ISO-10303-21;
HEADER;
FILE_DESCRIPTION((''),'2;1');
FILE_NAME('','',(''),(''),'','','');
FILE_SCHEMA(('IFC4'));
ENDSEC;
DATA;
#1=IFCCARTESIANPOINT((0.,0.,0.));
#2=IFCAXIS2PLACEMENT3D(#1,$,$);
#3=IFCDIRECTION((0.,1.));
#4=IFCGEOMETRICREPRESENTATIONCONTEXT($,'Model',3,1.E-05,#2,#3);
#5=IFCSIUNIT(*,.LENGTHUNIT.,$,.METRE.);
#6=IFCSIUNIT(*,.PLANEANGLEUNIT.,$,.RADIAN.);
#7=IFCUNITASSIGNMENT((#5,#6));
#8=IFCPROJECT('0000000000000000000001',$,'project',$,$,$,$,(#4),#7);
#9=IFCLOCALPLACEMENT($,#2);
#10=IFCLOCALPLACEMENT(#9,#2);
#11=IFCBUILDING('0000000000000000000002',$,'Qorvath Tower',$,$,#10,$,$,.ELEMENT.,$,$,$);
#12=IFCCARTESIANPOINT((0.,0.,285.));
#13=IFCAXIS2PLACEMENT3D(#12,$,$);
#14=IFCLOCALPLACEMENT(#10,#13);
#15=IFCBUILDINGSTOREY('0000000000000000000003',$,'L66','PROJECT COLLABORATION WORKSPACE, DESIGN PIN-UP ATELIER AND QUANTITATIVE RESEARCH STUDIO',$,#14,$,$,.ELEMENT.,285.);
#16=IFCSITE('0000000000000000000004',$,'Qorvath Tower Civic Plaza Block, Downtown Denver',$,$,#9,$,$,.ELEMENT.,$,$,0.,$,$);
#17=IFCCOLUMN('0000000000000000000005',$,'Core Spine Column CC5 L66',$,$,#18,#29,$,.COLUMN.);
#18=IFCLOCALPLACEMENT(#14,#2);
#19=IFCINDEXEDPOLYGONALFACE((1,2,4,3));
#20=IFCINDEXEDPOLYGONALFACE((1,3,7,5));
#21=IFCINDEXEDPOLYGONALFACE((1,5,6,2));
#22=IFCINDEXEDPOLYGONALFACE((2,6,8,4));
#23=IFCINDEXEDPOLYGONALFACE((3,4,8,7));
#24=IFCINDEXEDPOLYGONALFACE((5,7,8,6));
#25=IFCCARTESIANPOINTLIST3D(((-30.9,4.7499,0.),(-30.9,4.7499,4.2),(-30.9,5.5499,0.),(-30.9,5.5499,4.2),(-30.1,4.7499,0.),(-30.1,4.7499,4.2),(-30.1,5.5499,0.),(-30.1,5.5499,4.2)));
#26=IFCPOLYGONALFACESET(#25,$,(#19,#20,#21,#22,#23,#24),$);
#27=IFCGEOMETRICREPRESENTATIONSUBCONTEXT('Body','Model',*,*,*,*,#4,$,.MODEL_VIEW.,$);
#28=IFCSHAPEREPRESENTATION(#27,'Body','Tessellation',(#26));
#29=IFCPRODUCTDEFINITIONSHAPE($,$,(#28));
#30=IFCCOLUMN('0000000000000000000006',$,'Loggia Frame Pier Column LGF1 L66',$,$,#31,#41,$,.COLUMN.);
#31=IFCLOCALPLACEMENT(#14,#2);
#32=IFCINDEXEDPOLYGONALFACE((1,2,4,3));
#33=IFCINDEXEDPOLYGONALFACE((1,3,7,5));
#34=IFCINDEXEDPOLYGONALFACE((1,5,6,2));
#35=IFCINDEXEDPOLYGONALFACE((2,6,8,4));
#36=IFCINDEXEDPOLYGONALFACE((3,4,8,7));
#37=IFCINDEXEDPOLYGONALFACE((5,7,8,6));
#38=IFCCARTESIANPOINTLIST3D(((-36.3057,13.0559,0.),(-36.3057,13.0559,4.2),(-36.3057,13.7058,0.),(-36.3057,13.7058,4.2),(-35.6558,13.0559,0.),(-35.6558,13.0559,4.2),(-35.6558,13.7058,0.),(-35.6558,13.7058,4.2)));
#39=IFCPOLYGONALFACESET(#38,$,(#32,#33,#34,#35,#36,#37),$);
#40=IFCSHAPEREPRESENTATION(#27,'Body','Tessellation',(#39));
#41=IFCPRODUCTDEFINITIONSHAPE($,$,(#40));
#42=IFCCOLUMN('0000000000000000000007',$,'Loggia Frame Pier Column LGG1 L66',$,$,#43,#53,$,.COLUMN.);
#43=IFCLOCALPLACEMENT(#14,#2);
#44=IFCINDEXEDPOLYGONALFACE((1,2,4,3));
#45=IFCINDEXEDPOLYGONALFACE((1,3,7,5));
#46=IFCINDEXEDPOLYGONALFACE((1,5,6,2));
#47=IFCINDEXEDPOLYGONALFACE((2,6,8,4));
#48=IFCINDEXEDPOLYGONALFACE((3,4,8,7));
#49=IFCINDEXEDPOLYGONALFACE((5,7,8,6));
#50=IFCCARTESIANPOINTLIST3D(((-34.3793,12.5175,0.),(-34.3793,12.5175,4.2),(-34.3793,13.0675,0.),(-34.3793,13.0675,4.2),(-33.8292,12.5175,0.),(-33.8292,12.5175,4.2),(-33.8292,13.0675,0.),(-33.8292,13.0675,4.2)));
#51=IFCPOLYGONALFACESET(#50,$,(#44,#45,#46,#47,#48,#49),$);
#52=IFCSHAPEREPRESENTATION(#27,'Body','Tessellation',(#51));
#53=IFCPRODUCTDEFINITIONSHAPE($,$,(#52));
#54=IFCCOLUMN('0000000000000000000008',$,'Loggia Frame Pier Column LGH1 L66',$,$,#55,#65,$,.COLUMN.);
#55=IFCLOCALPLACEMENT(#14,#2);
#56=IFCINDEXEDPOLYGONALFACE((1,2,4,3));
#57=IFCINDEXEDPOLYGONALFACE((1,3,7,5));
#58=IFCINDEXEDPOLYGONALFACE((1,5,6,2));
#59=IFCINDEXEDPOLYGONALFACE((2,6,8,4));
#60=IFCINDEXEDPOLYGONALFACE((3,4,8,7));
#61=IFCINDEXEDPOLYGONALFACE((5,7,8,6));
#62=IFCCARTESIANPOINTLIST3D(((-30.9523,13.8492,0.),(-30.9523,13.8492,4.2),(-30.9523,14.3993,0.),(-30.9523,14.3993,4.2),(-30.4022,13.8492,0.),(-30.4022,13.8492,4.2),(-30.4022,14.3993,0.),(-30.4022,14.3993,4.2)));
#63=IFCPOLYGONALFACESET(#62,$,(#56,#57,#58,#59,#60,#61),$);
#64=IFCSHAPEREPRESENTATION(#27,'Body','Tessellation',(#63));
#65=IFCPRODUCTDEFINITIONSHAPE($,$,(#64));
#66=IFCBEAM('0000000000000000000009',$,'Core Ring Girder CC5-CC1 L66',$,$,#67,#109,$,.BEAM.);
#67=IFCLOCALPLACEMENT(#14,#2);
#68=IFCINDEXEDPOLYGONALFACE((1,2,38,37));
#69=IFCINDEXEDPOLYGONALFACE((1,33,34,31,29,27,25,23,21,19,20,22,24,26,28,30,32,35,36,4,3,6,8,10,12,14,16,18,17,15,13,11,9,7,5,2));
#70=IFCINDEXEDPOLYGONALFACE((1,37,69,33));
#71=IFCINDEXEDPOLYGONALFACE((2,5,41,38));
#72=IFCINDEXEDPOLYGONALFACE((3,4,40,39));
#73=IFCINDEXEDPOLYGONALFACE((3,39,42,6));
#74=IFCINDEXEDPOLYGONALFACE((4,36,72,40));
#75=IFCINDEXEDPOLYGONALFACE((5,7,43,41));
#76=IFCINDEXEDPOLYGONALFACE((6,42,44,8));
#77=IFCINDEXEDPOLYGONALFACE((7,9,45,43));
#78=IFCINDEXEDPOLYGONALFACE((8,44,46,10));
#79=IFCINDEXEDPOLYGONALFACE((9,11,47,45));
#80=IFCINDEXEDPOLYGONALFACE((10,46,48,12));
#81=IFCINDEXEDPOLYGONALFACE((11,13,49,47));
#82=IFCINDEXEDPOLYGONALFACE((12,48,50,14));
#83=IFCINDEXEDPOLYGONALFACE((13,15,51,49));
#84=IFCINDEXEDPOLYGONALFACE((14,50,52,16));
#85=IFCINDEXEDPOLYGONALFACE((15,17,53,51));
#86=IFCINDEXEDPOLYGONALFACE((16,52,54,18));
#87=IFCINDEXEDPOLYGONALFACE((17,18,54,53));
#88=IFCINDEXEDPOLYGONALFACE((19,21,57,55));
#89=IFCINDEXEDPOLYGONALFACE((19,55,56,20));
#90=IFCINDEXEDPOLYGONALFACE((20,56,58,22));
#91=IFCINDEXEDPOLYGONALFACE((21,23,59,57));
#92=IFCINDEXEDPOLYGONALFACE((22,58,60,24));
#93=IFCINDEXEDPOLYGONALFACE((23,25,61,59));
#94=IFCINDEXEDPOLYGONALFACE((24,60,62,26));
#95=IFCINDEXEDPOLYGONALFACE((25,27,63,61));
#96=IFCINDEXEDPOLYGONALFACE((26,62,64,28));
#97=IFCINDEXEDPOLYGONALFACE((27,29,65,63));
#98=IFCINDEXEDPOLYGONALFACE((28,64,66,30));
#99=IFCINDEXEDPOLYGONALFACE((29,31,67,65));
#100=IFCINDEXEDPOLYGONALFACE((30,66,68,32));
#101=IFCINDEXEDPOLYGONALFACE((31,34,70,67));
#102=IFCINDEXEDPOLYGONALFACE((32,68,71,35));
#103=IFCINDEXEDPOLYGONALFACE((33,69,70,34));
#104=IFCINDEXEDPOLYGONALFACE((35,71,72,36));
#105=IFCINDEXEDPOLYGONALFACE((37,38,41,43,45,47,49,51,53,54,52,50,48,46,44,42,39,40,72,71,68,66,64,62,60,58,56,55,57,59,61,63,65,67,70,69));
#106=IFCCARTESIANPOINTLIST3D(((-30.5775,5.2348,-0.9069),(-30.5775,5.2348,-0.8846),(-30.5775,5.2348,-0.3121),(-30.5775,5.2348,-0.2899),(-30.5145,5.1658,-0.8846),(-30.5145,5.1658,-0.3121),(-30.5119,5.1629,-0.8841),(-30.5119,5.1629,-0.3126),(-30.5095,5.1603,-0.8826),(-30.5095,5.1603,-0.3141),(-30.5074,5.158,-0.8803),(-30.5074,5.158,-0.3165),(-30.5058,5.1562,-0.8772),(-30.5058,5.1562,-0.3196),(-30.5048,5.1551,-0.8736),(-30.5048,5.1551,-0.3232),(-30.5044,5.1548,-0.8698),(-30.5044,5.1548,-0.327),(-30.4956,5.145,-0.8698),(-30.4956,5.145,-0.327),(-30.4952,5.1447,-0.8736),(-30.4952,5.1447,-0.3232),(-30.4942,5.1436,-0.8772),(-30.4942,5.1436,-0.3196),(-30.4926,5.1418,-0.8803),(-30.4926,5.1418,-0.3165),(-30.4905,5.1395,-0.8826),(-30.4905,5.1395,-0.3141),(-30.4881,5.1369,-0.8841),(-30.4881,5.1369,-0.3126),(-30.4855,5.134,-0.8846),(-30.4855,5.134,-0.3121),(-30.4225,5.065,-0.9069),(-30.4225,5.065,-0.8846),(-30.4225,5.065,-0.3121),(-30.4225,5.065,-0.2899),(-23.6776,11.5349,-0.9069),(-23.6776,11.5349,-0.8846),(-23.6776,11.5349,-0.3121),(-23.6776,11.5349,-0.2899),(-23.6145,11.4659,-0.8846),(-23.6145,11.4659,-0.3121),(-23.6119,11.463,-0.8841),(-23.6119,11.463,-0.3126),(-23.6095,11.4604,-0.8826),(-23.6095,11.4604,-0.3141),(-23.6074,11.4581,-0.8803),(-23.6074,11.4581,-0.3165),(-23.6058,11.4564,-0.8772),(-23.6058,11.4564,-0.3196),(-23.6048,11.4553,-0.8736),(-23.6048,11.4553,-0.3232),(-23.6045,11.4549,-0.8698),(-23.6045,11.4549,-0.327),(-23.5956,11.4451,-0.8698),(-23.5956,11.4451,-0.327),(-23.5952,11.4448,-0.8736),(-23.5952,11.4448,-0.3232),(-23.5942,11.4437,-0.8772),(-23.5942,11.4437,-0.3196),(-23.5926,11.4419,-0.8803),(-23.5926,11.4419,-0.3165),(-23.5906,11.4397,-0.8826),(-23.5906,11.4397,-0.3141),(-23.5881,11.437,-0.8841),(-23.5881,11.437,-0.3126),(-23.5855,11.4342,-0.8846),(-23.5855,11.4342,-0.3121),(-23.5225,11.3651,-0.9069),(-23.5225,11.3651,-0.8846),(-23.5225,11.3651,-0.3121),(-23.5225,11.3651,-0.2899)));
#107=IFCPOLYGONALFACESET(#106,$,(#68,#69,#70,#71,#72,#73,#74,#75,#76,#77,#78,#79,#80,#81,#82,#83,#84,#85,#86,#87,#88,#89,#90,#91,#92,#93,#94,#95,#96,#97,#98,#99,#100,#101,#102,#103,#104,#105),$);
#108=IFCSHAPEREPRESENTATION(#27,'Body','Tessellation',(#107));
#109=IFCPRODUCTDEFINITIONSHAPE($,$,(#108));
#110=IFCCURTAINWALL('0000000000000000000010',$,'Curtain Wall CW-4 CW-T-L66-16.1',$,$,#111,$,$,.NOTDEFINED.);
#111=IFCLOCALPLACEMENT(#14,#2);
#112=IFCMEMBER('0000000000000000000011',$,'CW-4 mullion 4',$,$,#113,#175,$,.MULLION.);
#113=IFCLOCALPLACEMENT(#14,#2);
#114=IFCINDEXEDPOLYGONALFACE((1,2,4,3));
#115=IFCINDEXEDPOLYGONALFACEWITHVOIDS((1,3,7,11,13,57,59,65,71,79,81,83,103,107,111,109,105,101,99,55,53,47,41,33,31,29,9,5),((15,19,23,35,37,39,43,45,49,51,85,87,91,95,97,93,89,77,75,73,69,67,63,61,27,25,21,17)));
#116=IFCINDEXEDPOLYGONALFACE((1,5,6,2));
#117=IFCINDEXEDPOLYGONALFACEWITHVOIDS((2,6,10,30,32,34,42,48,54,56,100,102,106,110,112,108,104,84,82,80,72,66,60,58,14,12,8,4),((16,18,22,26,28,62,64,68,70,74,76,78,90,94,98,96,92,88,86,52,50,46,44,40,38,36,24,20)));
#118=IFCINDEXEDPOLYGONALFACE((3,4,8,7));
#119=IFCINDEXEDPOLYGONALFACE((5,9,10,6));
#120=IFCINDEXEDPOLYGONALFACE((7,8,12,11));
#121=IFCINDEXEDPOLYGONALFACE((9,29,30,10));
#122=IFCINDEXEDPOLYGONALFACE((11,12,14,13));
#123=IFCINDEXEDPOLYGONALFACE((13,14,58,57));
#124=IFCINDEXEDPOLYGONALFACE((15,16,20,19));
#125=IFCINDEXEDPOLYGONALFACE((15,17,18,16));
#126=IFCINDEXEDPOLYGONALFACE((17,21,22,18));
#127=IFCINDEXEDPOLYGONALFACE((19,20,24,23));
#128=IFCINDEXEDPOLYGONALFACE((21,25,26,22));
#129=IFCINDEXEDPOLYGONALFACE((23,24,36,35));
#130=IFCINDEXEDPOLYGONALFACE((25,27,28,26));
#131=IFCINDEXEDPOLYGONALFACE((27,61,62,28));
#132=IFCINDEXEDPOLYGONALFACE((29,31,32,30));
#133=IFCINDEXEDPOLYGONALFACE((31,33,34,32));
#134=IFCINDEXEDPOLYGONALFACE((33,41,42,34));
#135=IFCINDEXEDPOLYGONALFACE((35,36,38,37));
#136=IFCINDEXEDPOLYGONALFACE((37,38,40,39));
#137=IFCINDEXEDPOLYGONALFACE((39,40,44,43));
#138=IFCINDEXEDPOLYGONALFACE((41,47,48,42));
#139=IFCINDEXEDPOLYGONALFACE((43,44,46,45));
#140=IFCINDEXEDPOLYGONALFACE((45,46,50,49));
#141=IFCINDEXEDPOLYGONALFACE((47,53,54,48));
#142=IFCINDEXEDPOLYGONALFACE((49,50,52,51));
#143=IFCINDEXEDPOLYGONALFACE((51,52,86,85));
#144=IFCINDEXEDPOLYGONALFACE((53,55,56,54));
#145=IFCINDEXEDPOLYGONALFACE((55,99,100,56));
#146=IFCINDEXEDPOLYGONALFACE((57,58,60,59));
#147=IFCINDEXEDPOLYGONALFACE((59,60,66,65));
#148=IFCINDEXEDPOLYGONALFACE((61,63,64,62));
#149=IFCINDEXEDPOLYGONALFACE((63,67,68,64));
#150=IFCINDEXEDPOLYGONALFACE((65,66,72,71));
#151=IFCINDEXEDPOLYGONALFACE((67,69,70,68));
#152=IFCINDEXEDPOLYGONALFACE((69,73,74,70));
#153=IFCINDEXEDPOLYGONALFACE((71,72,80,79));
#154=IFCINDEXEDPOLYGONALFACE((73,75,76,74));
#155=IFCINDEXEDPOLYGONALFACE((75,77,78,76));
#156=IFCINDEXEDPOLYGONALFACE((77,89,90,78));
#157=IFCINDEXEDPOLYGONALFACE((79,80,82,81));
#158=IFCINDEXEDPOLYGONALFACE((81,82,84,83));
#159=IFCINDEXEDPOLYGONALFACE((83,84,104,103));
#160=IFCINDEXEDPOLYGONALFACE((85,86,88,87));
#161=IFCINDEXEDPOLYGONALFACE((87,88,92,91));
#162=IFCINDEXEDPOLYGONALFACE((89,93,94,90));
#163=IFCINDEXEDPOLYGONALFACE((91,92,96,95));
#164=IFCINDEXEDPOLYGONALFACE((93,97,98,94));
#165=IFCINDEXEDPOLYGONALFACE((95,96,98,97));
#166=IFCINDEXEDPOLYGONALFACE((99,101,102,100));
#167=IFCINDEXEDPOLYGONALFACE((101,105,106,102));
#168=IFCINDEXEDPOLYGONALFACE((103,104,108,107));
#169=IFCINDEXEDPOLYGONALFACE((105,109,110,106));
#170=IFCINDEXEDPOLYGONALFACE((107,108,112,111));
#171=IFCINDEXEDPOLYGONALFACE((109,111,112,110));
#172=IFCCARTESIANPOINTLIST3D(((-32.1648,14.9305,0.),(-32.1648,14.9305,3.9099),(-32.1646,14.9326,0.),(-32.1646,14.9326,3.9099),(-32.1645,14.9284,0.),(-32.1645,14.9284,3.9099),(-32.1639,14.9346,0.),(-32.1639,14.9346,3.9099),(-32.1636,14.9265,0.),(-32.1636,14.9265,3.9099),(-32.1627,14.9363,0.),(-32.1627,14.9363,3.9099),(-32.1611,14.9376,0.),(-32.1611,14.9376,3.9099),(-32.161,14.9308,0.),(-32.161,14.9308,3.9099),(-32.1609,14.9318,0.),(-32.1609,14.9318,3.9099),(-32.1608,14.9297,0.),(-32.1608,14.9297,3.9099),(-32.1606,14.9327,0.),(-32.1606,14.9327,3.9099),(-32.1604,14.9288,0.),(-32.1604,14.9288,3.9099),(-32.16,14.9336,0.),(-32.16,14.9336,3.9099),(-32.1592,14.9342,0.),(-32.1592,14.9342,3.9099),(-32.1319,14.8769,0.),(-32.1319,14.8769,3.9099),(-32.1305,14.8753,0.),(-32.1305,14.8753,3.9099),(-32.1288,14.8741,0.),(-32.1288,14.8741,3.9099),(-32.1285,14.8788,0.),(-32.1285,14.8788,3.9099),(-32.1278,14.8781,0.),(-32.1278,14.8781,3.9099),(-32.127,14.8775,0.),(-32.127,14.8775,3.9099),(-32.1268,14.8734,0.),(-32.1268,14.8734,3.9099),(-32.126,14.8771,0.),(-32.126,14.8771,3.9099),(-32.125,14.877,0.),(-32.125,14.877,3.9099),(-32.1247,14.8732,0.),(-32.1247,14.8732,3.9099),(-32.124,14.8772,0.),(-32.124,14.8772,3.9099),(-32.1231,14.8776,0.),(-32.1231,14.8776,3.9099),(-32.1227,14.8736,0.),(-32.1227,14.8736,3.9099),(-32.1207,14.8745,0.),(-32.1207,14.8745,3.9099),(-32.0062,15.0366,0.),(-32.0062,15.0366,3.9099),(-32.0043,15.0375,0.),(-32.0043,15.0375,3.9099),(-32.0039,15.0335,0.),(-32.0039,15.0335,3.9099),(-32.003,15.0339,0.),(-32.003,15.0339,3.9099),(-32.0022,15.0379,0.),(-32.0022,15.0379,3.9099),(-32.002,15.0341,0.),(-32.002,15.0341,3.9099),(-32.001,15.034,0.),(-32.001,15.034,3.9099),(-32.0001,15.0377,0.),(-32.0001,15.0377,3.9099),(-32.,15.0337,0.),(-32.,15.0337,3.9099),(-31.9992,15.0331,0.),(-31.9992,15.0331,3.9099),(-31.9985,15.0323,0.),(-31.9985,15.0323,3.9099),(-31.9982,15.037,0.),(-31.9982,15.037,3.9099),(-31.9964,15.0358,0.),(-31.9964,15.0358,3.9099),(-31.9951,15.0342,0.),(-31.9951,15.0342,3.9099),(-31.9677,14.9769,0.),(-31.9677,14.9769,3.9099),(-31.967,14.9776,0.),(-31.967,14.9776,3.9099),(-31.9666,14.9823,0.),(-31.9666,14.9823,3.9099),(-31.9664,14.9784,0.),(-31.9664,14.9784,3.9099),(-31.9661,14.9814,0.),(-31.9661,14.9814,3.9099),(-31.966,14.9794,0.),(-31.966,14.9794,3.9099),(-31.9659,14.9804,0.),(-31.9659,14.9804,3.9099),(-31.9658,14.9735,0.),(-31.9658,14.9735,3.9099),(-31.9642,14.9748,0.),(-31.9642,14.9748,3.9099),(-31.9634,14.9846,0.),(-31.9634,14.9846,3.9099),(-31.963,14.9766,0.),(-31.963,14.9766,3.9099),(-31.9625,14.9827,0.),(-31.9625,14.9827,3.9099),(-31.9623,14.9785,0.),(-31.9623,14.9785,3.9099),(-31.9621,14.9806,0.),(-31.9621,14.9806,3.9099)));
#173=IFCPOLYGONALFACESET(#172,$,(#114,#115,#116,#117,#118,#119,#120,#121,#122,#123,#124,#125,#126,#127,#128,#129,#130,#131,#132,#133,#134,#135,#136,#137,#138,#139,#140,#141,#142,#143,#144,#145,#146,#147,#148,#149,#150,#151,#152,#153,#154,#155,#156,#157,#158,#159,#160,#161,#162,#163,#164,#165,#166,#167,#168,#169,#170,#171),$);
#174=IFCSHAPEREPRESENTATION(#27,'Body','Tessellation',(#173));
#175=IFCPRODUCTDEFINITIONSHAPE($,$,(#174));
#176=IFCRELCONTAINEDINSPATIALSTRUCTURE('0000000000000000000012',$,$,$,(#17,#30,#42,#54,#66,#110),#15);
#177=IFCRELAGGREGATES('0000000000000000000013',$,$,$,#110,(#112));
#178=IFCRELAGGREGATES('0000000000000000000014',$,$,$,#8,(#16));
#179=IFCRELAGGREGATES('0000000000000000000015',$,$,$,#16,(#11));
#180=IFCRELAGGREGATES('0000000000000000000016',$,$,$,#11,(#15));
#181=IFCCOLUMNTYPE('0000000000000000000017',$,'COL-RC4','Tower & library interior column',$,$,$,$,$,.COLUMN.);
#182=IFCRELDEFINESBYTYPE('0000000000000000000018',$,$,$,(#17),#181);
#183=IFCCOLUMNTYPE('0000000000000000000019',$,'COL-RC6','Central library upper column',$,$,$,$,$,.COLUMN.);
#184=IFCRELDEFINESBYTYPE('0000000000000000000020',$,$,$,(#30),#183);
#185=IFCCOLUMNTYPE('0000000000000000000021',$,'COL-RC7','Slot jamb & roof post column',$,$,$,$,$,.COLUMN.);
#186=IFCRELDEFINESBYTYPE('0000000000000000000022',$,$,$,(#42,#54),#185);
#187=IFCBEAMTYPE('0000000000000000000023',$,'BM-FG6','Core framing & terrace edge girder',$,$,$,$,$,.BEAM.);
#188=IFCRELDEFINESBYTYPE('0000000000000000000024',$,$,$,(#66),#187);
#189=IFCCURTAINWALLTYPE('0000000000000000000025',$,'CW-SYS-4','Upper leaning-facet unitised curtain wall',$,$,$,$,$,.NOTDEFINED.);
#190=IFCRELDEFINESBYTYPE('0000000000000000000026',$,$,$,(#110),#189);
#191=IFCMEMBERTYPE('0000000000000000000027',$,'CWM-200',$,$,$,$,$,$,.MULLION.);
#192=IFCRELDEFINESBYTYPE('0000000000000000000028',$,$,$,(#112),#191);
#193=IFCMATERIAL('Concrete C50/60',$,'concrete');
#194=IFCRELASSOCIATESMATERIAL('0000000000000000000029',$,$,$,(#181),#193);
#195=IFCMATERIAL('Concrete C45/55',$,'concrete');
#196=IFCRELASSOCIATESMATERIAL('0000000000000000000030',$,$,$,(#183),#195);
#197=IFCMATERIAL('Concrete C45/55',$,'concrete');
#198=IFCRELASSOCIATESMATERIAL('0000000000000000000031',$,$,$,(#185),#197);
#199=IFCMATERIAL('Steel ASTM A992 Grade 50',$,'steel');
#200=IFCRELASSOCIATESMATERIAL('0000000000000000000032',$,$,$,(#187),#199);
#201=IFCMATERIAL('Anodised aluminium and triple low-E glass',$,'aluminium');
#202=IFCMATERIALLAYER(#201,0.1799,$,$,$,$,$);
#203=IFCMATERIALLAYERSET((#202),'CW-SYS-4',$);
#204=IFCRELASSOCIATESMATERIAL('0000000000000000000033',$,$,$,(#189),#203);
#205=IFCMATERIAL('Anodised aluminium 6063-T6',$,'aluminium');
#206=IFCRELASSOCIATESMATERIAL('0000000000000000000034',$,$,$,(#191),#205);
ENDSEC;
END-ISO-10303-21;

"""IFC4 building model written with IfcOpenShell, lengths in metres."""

from ifc_helpers import new_model, si_unit, direction, frame, origin, origin_2d, place, context, subcontext, project, spatial, rectangle, hollow_rectangle, i_section, extrude, material, layer, layer_set, material_profile, profile_set, type_object, element, aggregate, save


model = new_model("IFC4")

# Units and contexts
model_context = context("Model", 3, precision=1e-05, world=origin(), true_north=direction((0.0, 1.0)))
body_context = subcontext(model_context, "Body", "Model", "MODEL_VIEW")
ifc_project = project(units=[si_unit("LENGTHUNIT", "METRE"), si_unit("PLANEANGLEUNIT", "RADIAN")], contexts=[model_context])

# Site, building, storey
site_placement = place(None, origin())
site = spatial("IfcSite", under=ifc_project, at=site_placement, Name="Qorvath Tower Civic Plaza Block, Downtown Denver", CompositionType="ELEMENT", RefElevation=0.0)
building_placement = place(site_placement, origin())
building = spatial("IfcBuilding", under=site, at=building_placement, Name="Qorvath Tower", CompositionType="ELEMENT")
storey_placement = place(building_placement, frame((0.0, 0.0, 285.0)))
storey = spatial("IfcBuildingStorey", under=building, at=storey_placement, Name="L66", Description="PROJECT COLLABORATION WORKSPACE, DESIGN PIN-UP ATELIER AND QUANTITATIVE RESEARCH STUDIO", CompositionType="ELEMENT", Elevation=285.0)

# Columns
ifc_material_1 = material(Name="Concrete C50/60", Category="concrete")
ifc_material_profile_1 = material_profile(ifc_material_1, rectangle(XDim=0.8, YDim=0.8, at=origin_2d()), Name="RC 800x800")
ifc_profile_set_1 = profile_set([ifc_material_profile_1], Name="Concrete C50/60")
column_type_1 = type_object("IfcColumnType", Name="COL-RC4", Description="Tower & library interior column", PredefinedType="COLUMN", material=ifc_profile_set_1)
column_1_placement = place(storey_placement, frame((-30.5, 5.1499, 0.0), z_axis=(0.0, 0.0, 1.0), x_axis=(1.0, 0.0, 0.0)))
element("IfcColumn", 1, at=column_1_placement, inside=storey, type_object=column_type_1, Name="Core Spine Column CC5 L66", PredefinedType="COLUMN", context=body_context, shape_type="SweptSolid", body=[
    extrude(rectangle(XDim=0.8, YDim=0.8, at=origin_2d()), origin(), (0.0, 0.0, 1.0), 4.2),
])
ifc_material_2 = material(Name="Concrete C45/55", Category="concrete")
ifc_material_profile_2 = material_profile(ifc_material_2, rectangle(XDim=0.6499, YDim=0.6499, at=origin_2d()), Name="RC 650x650")
ifc_profile_set_2 = profile_set([ifc_material_profile_2], Name="Concrete C45/55")
column_type_2 = type_object("IfcColumnType", Name="COL-RC6", Description="Central library upper column", PredefinedType="COLUMN", material=ifc_profile_set_2)
column_2_placement = place(storey_placement, frame((-35.9807, 13.3809, 0.0), z_axis=(0.0, 0.0, 1.0), x_axis=(1.0, 0.0, 0.0)))
element("IfcColumn", 2, at=column_2_placement, inside=storey, type_object=column_type_2, Name="Loggia Frame Pier Column LGF1 L66", PredefinedType="COLUMN", context=body_context, shape_type="SweptSolid", body=[
    extrude(rectangle(XDim=0.6499, YDim=0.6499, at=origin_2d()), origin(), (0.0, 0.0, 1.0), 4.2),
])
ifc_material_3 = material(Name="Concrete C45/55", Category="concrete")
ifc_material_profile_3 = material_profile(ifc_material_3, rectangle(XDim=0.55, YDim=0.55, at=origin_2d()), Name="RC 550x550")
ifc_profile_set_3 = profile_set([ifc_material_profile_3], Name="Concrete C45/55")
column_type_3 = type_object("IfcColumnType", Name="COL-RC7", Description="Slot jamb & roof post column", PredefinedType="COLUMN", material=ifc_profile_set_3)
for number, where, z_axis, x_axis, name in (
    (3, (-34.1042, 12.7925, 0.0), (0.0, 0.0, 1.0), (1.0, 0.0, 0.0), "Loggia Frame Pier Column LGG1 L66"),
    (4, (-30.6772, 14.1243, 0.0), (0.0, 0.0, 1.0), (1.0, 0.0, 0.0), "Loggia Frame Pier Column LGH1 L66"),
):
    element("IfcColumn", number, at=place(storey_placement, frame(where, z_axis=z_axis, x_axis=x_axis)), inside=storey, type_object=column_type_3, Name=name, PredefinedType="COLUMN", context=body_context, shape_type="SweptSolid", body=[
        extrude(rectangle(XDim=0.55, YDim=0.55, at=origin_2d()), origin(), (0.0, 0.0, 1.0), 4.2),
    ])

# Beam
ifc_material_4 = material(Name="Steel ASTM A992 Grade 50", Category="steel")
ifc_material_profile_4 = material_profile(ifc_material_4, i_section(OverallWidth=0.23, OverallDepth=0.6169, WebThickness=0.0132, FlangeThickness=0.0222, FilletRadius=0.0149, at=origin_2d()), Name="W24x94")
ifc_profile_set_4 = profile_set([ifc_material_profile_4], Name="Steel ASTM A992 Grade 50")
beam_type = type_object("IfcBeamType", Name="BM-FG6", Description="Core framing & terrace edge girder", PredefinedType="BEAM", material=ifc_profile_set_4)
beam_placement = place(storey_placement, frame((-30.5, 5.1499, -0.5984), z_axis=(0.738478, 0.674277, 0.0), x_axis=(-0.674277, 0.738478, 0.0)))
element("IfcBeam", 5, at=beam_placement, inside=storey, type_object=beam_type, Name="Core Ring Girder CC5-CC1 L66", PredefinedType="BEAM", context=body_context, shape_type="SweptSolid", body=[
    extrude(i_section(OverallWidth=0.23, OverallDepth=0.6169, WebThickness=0.0132, FlangeThickness=0.0222, FilletRadius=0.0149, at=origin_2d()), origin(), (0.0, 0.0, 1.0), 9.3435),
])

# Curtain wall, member
ifc_material_5 = material(Name="Anodised aluminium and triple low-E glass", Category="aluminium")
ifc_layer_1 = layer(ifc_material_5, 0.1799)
ifc_layer_set_1 = layer_set([ifc_layer_1], Name="CW-SYS-4")
curtain_wall_type = type_object("IfcCurtainWallType", Name="CW-SYS-4", Description="Upper leaning-facet unitised curtain wall", PredefinedType="NOTDEFINED", material=ifc_layer_set_1)
curtain_wall_placement = place(storey_placement, origin())
curtain_wall = element("IfcCurtainWall", 6, at=curtain_wall_placement, inside=storey, type_object=curtain_wall_type, Name="Curtain Wall CW-4 CW-T-L66-16.1", PredefinedType="NOTDEFINED")
ifc_material_6 = material(Name="Anodised aluminium 6063-T6", Category="aluminium")
ifc_material_profile_5 = material_profile(ifc_material_6, hollow_rectangle(XDim=0.075, YDim=0.2, WallThickness=0.0039, InnerFilletRadius=0.0039, OuterFilletRadius=0.0081, at=origin_2d()), Name="CWM 200x75")
ifc_profile_set_5 = profile_set([ifc_material_profile_5], Name="Anodised aluminium 6063-T6")
member_type_1 = type_object("IfcMemberType", Name="CWM-200", PredefinedType="MULLION", material=ifc_profile_set_5)
member_1_placement = place(storey_placement, frame((-32.0635, 14.9556, 0.0), z_axis=(0.0, 0.0, 1.0), x_axis=(0.538532, -0.842605, 0.0)))
member_1 = element("IfcMember", 7, at=member_1_placement, type_object=member_type_1, Name="CW-4 mullion 4", PredefinedType="MULLION", context=body_context, shape_type="SweptSolid", body=[
    extrude(hollow_rectangle(XDim=0.075, YDim=0.2, WallThickness=0.0039, InnerFilletRadius=0.0039, OuterFilletRadius=0.0081, at=origin_2d()), origin(), (0.0, 0.0, 1.0), 3.9099),
])
aggregate(curtain_wall, [member_1])

save(model, "model.ifc")
